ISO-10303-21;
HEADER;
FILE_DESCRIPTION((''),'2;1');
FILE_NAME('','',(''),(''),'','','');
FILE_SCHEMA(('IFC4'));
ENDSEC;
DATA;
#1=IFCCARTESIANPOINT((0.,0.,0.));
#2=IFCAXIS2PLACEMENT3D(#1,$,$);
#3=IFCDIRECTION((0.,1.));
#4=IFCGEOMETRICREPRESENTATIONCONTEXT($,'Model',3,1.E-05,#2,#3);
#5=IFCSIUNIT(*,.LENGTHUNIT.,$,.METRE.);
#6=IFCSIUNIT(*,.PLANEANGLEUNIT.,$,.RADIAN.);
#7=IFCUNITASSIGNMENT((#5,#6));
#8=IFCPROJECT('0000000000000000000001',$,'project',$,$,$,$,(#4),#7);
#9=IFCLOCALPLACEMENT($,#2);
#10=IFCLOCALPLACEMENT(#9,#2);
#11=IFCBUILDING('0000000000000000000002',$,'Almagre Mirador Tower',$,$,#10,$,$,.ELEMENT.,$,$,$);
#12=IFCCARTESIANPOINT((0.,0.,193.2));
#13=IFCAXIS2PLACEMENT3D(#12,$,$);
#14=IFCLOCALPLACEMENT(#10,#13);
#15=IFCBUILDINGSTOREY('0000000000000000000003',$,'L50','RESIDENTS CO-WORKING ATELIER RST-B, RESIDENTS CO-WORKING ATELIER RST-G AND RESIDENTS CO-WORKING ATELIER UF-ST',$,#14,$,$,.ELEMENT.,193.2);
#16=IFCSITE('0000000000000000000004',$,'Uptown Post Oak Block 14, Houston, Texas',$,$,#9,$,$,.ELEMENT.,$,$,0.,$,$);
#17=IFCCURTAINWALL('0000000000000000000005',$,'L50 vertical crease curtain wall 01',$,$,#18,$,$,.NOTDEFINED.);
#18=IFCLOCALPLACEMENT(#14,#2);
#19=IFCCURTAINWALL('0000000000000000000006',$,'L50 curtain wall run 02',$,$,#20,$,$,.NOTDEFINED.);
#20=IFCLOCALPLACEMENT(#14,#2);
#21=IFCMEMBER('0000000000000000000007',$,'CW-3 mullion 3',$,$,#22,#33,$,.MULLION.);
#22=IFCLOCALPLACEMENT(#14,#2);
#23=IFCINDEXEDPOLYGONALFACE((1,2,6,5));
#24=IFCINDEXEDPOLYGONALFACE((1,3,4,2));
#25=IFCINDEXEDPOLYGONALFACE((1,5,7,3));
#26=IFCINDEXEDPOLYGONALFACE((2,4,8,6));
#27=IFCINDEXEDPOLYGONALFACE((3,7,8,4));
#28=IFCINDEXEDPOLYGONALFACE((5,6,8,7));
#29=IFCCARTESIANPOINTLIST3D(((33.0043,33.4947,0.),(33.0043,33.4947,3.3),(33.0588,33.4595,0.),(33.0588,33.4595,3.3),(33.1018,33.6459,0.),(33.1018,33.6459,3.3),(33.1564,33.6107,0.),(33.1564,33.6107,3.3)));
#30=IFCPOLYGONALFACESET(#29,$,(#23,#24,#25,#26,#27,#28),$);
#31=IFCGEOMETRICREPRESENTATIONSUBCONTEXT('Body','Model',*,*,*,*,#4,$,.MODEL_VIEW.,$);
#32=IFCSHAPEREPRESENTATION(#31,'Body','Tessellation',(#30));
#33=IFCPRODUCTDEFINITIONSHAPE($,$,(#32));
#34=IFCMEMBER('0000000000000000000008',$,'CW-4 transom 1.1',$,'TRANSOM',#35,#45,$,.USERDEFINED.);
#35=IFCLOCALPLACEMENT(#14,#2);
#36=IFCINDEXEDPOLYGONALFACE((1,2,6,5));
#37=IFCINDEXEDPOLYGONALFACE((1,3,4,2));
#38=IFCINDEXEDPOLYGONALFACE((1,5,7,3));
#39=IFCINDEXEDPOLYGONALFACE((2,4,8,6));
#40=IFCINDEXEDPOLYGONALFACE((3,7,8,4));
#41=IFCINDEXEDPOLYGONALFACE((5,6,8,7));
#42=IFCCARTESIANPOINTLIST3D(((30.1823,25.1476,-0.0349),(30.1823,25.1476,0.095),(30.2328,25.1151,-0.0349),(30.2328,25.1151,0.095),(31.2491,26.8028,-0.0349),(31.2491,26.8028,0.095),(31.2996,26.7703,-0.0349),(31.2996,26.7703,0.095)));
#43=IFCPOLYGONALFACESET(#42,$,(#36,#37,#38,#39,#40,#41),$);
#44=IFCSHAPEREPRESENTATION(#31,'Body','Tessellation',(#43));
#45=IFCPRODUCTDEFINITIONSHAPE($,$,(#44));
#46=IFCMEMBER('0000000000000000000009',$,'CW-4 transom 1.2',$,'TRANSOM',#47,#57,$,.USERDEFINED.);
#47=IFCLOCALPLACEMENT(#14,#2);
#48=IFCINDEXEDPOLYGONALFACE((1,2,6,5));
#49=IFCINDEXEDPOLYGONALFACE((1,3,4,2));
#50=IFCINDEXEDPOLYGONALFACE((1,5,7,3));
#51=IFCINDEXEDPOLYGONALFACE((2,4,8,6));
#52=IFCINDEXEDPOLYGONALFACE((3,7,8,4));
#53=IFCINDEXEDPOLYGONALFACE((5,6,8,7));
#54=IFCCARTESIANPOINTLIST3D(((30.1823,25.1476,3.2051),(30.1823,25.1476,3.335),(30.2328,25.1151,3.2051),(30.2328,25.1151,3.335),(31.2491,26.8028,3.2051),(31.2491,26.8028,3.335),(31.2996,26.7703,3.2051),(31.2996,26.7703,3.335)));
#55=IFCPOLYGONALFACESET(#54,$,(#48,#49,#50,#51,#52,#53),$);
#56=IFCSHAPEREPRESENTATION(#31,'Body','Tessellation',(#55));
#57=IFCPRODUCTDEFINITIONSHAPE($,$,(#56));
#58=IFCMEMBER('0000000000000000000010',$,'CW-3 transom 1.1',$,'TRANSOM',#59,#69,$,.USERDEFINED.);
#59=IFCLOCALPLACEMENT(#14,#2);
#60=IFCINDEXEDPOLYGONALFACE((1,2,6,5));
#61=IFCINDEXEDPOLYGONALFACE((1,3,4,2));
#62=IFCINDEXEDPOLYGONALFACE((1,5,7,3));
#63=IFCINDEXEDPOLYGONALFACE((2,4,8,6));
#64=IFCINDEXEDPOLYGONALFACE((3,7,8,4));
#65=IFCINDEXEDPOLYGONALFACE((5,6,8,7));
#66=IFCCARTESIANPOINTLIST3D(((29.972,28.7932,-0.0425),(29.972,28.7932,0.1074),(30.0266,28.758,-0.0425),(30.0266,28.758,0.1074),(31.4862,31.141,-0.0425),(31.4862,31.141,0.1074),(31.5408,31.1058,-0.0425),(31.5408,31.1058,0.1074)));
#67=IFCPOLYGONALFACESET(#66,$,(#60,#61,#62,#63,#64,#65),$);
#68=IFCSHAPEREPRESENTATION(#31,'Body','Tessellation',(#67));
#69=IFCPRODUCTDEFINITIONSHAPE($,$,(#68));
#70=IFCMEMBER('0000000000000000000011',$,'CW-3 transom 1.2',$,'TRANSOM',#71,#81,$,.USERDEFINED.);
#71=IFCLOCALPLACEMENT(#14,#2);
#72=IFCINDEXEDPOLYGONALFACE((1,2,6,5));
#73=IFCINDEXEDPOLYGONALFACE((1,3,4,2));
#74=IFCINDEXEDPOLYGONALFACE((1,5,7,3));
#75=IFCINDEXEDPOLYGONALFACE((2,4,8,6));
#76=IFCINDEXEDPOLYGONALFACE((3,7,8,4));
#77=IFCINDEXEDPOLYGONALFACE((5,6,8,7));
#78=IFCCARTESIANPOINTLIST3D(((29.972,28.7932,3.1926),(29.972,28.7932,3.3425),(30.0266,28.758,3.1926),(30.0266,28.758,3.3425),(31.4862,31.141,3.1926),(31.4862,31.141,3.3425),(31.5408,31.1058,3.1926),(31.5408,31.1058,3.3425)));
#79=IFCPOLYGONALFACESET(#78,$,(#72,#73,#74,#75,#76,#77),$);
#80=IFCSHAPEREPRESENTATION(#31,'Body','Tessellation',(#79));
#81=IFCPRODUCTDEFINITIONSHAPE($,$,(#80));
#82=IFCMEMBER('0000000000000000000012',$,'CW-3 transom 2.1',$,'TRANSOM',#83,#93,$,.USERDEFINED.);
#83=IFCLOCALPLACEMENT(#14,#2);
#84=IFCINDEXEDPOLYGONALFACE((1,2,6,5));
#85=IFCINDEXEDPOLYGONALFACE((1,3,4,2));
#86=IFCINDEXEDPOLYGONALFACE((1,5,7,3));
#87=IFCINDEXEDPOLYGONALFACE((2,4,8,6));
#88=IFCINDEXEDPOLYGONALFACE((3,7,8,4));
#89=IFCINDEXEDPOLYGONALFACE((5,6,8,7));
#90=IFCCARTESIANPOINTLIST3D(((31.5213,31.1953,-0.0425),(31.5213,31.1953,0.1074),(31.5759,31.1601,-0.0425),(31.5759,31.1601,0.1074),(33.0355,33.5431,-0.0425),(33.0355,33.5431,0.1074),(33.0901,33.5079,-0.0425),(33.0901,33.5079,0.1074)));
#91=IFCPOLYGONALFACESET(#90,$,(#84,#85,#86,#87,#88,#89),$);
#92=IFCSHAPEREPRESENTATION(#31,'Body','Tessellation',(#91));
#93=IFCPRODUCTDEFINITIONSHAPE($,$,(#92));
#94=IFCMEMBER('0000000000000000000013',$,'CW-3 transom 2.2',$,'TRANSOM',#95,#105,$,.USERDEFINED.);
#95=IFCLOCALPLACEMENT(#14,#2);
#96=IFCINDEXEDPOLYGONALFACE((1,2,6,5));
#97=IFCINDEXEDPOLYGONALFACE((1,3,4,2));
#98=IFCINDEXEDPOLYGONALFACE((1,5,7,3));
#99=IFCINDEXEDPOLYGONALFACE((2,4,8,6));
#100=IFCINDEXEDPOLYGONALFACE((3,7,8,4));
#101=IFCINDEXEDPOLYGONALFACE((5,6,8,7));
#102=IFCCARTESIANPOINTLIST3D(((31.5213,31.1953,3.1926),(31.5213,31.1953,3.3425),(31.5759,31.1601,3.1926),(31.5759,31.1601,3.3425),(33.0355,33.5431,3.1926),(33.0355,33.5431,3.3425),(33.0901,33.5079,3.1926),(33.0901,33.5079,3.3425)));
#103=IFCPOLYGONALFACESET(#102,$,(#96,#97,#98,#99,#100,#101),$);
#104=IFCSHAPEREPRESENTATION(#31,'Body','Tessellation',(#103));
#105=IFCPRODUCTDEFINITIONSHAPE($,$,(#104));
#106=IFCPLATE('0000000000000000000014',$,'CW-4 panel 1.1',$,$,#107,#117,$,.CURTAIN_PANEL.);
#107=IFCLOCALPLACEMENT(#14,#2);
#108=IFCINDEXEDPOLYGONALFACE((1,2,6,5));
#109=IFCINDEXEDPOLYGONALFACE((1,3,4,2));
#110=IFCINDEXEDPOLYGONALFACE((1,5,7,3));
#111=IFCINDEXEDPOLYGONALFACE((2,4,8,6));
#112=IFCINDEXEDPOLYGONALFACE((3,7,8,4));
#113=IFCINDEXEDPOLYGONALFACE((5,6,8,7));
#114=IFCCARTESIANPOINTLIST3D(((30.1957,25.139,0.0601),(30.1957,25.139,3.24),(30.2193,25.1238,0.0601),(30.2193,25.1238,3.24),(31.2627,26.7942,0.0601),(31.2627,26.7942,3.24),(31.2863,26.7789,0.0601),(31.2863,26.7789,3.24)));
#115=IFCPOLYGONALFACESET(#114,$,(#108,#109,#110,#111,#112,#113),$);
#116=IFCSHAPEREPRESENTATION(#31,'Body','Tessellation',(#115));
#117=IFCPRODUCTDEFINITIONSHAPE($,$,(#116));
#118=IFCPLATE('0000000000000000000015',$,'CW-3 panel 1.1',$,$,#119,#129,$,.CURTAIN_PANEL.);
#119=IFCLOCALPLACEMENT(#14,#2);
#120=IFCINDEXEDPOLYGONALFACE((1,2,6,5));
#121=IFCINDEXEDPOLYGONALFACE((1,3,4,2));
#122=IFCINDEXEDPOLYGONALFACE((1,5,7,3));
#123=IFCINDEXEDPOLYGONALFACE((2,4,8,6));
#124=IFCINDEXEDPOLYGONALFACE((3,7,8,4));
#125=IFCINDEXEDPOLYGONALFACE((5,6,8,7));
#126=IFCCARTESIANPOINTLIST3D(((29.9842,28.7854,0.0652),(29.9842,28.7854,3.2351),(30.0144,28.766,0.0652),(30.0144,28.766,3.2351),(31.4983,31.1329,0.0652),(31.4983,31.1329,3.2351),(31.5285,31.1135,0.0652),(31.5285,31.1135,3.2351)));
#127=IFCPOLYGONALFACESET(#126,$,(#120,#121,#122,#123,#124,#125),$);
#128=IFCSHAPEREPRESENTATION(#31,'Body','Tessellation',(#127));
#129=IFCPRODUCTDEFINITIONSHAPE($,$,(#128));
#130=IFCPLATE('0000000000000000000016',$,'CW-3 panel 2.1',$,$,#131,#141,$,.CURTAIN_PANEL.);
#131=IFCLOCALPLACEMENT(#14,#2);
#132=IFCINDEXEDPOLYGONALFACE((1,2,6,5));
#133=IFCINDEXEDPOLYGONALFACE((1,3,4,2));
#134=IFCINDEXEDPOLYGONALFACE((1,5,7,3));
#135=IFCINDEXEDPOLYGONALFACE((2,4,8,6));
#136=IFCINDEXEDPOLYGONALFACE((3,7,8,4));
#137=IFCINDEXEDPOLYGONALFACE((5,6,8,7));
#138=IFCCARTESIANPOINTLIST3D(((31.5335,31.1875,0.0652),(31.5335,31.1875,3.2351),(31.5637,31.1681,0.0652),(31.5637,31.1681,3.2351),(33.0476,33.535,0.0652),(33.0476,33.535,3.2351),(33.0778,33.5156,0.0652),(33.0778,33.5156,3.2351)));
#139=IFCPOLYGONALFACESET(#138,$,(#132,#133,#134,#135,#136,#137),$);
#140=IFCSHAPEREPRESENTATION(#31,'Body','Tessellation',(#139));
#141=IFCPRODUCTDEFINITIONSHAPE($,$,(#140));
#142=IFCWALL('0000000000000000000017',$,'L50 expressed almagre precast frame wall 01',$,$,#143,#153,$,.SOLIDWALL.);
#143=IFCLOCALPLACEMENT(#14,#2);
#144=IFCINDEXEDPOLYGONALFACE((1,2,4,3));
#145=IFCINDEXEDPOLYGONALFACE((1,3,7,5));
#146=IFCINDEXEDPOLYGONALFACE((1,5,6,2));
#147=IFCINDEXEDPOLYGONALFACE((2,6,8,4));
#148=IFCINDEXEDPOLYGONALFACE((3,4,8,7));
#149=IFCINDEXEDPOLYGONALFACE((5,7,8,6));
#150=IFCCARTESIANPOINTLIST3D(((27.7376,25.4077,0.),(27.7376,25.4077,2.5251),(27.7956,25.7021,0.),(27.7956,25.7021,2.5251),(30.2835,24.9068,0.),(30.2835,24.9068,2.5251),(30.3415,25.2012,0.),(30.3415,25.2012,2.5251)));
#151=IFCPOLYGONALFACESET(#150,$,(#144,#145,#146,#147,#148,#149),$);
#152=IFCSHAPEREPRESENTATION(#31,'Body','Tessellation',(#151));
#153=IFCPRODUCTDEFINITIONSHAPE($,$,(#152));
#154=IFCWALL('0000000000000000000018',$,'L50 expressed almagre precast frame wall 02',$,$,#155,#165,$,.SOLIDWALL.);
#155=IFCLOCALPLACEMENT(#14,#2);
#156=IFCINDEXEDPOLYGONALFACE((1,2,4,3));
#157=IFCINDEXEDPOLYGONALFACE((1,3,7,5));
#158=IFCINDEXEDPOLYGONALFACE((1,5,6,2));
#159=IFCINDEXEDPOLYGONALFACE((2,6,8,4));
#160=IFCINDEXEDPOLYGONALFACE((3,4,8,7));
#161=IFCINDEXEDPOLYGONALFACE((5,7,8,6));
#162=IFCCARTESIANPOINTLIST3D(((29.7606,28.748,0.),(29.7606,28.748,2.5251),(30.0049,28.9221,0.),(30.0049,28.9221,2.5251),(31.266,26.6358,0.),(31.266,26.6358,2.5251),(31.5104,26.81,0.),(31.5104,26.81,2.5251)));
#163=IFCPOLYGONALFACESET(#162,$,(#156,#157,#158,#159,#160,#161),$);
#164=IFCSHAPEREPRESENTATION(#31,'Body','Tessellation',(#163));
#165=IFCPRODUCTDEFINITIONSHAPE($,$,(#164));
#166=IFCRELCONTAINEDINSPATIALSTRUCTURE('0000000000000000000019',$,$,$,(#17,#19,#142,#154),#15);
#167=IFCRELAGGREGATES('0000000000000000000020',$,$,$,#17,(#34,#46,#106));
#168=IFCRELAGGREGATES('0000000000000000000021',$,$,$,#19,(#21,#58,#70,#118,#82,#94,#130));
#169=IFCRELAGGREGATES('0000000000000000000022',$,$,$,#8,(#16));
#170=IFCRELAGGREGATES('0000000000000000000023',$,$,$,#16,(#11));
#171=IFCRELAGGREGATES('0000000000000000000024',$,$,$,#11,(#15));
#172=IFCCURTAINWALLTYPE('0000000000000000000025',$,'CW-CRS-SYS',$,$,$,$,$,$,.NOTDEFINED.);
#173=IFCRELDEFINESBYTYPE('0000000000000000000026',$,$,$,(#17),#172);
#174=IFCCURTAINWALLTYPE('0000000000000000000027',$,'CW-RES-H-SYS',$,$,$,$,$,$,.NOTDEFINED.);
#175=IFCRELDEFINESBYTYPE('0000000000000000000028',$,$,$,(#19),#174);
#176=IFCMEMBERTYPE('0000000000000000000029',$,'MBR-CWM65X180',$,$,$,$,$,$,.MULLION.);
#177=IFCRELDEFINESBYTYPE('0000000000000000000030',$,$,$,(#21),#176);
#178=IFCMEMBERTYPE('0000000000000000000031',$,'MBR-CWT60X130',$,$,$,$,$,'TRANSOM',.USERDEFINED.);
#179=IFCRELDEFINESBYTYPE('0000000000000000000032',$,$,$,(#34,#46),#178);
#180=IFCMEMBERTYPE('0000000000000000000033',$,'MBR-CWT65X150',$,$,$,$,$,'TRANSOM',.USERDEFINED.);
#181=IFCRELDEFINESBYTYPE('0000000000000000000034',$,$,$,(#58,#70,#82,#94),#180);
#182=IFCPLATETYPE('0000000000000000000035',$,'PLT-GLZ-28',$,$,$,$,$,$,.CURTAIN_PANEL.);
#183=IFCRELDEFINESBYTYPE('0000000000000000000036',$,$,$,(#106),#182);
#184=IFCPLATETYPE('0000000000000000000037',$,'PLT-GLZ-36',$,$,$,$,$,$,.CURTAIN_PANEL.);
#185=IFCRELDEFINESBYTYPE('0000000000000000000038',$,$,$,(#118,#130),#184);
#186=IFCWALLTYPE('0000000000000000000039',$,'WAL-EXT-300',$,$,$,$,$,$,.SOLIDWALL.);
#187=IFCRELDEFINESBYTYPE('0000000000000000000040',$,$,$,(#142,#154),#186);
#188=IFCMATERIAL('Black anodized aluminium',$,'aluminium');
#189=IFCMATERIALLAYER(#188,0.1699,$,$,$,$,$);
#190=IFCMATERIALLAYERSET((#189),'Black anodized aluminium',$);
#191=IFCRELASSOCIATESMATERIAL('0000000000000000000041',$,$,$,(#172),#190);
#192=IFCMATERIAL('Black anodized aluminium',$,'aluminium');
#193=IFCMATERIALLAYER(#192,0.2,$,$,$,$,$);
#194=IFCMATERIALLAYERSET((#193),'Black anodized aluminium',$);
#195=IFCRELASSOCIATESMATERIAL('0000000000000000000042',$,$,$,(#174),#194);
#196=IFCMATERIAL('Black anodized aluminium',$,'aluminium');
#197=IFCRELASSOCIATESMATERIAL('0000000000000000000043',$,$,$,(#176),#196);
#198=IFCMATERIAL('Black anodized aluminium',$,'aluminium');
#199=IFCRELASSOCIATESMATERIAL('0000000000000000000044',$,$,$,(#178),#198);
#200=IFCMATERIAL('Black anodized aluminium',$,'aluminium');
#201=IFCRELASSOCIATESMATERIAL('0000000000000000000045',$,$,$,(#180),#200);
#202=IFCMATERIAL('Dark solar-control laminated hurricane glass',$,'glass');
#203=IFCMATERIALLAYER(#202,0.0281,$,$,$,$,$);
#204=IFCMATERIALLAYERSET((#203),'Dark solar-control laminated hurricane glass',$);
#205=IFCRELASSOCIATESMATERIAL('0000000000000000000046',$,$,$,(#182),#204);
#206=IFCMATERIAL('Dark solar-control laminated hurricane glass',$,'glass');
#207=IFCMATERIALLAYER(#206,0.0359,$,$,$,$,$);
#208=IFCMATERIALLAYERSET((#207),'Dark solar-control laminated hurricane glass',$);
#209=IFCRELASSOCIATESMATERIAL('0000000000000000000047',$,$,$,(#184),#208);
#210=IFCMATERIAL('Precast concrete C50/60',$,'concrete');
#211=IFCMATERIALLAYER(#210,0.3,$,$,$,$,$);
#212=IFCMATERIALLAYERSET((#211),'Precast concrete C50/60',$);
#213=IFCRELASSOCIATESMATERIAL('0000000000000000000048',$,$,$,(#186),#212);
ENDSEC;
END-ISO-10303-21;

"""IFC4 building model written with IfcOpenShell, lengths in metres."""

from ifc_helpers import new_model, si_unit, direction, frame, frame_2d, origin, origin_2d, place, context, subcontext, project, spatial, rectangle, extrude, material, layer, layer_set, material_profile, profile_set, type_object, element, aggregate, save


model = new_model("IFC4")

# Units and contexts
model_context = context("Model", 3, precision=1e-05, world=origin(), true_north=direction((0.0, 1.0)))
body_context = subcontext(model_context, "Body", "Model", "MODEL_VIEW")
ifc_project = project(units=[si_unit("LENGTHUNIT", "METRE"), si_unit("PLANEANGLEUNIT", "RADIAN")], contexts=[model_context])

# Site, building, storey
site_placement = place(None, origin())
site = spatial("IfcSite", under=ifc_project, at=site_placement, Name="Uptown Post Oak Block 14, Houston, Texas", CompositionType="ELEMENT", RefElevation=0.0)
building_placement = place(site_placement, origin())
building = spatial("IfcBuilding", under=site, at=building_placement, Name="Almagre Mirador Tower", CompositionType="ELEMENT")
storey_placement = place(building_placement, frame((0.0, 0.0, 193.2)))
storey = spatial("IfcBuildingStorey", under=building, at=storey_placement, Name="L50", Description="RESIDENTS CO-WORKING ATELIER RST-B, RESIDENTS CO-WORKING ATELIER RST-G AND RESIDENTS CO-WORKING ATELIER UF-ST", CompositionType="ELEMENT", Elevation=193.2)

# Curtain walls, member
ifc_material_1 = material(Name="Black anodized aluminium", Category="aluminium")
ifc_layer_1 = layer(ifc_material_1, 0.1699)
ifc_layer_set_1 = layer_set([ifc_layer_1], Name="Black anodized aluminium")
curtain_wall_type_1 = type_object("IfcCurtainWallType", Name="CW-CRS-SYS", PredefinedType="NOTDEFINED", material=ifc_layer_set_1)
curtain_wall_1_placement = place(storey_placement, origin())
curtain_wall_1 = element("IfcCurtainWall", 1, at=curtain_wall_1_placement, inside=storey, type_object=curtain_wall_type_1, Name="L50 vertical crease curtain wall 01", PredefinedType="NOTDEFINED")
ifc_material_2 = material(Name="Black anodized aluminium", Category="aluminium")
ifc_layer_2 = layer(ifc_material_2, 0.2)
ifc_layer_set_2 = layer_set([ifc_layer_2], Name="Black anodized aluminium")
curtain_wall_type_2 = type_object("IfcCurtainWallType", Name="CW-RES-H-SYS", PredefinedType="NOTDEFINED", material=ifc_layer_set_2)
curtain_wall_2_placement = place(storey_placement, origin())
curtain_wall_2 = element("IfcCurtainWall", 2, at=curtain_wall_2_placement, inside=storey, type_object=curtain_wall_type_2, Name="L50 curtain wall run 02", PredefinedType="NOTDEFINED")
ifc_material_3 = material(Name="Black anodized aluminium", Category="aluminium")
ifc_material_profile_1 = material_profile(ifc_material_3, rectangle(XDim=0.0649, YDim=0.1799, at=origin_2d()), Name="CWM65X180")
ifc_profile_set_1 = profile_set([ifc_material_profile_1], Name="Black anodized aluminium")
member_type_1 = type_object("IfcMemberType", Name="MBR-CWM65X180", PredefinedType="MULLION", material=ifc_profile_set_1)
member_1_placement = place(storey_placement, frame((33.0803, 33.5527, 0.0), z_axis=(0.0, 0.0, 1.0), x_axis=(-0.840363, 0.542024, 0.0)))
member_1 = element("IfcMember", 3, at=member_1_placement, type_object=member_type_1, Name="CW-3 mullion 3", PredefinedType="MULLION", context=body_context, shape_type="SweptSolid", body=[
    extrude(rectangle(XDim=0.0649, YDim=0.1799, at=origin_2d()), origin(), (0.0, 0.0, 1.0), 3.3),
])

# Members
ifc_material_4 = material(Name="Black anodized aluminium", Category="aluminium")
ifc_material_profile_2 = material_profile(ifc_material_4, rectangle(XDim=0.0601, YDim=0.1299, at=origin_2d()), Name="CWT60X130")
ifc_profile_set_2 = profile_set([ifc_material_profile_2], Name="Black anodized aluminium")
member_type_2 = type_object("IfcMemberType", Name="MBR-CWT60X130", ElementType="TRANSOM", PredefinedType="USERDEFINED", material=ifc_profile_set_2)
member_2_placement = place(storey_placement, frame((30.2075, 25.1313, 0.03), z_axis=(0.54176, 0.840533, 0.0), x_axis=(-0.840533, 0.54176, 0.0)))
member_2 = element("IfcMember", 4, at=member_2_placement, type_object=member_type_2, Name="CW-4 transom 1.1", ObjectType="TRANSOM", PredefinedType="USERDEFINED", context=body_context, shape_type="SweptSolid", body=[
    extrude(rectangle(XDim=0.0601, YDim=0.1299, at=origin_2d()), origin(), (0.0, 0.0, 1.0), 1.9692),
])
member_3_placement = place(storey_placement, frame((30.2075, 25.1313, 3.27), z_axis=(0.54176, 0.840533, 0.0), x_axis=(-0.840533, 0.54176, 0.0)))
member_3 = element("IfcMember", 5, at=member_3_placement, type_object=member_type_2, Name="CW-4 transom 1.2", ObjectType="TRANSOM", PredefinedType="USERDEFINED", context=body_context, shape_type="SweptSolid", body=[
    extrude(rectangle(XDim=0.0601, YDim=0.1299, at=origin_2d()), origin(), (0.0, 0.0, 1.0), 1.9692),
])
ifc_material_5 = material(Name="Black anodized aluminium", Category="aluminium")
ifc_material_profile_3 = material_profile(ifc_material_5, rectangle(XDim=0.0649, YDim=0.1499, at=origin_2d()), Name="CWT65X150")
ifc_profile_set_3 = profile_set([ifc_material_profile_3], Name="Black anodized aluminium")
member_type_3 = type_object("IfcMemberType", Name="MBR-CWT65X150", ElementType="TRANSOM", PredefinedType="USERDEFINED", material=ifc_profile_set_3)
member_4_placement = place(storey_placement, frame((29.9993, 28.7756, 0.0325), z_axis=(0.542011, 0.840371, 0.0), x_axis=(-0.840371, 0.542011, 0.0)))
member_4 = element("IfcMember", 6, at=member_4_placement, type_object=member_type_3, Name="CW-3 transom 1.1", ObjectType="TRANSOM", PredefinedType="USERDEFINED", context=body_context, shape_type="SweptSolid", body=[
    extrude(rectangle(XDim=0.0649, YDim=0.1499, at=origin_2d()), origin(), (0.0, 0.0, 1.0), 2.7937),
])
member_5_placement = place(storey_placement, frame((29.9993, 28.7756, 3.2676), z_axis=(0.542011, 0.840371, 0.0), x_axis=(-0.840371, 0.542011, 0.0)))
member_5 = element("IfcMember", 7, at=member_5_placement, type_object=member_type_3, Name="CW-3 transom 1.2", ObjectType="TRANSOM", PredefinedType="USERDEFINED", context=body_context, shape_type="SweptSolid", body=[
    extrude(rectangle(XDim=0.0649, YDim=0.1499, at=origin_2d()), origin(), (0.0, 0.0, 1.0), 2.7937),
])
member_6_placement = place(storey_placement, frame((31.5486, 31.1777, 0.0325), z_axis=(0.542011, 0.840371, 0.0), x_axis=(-0.840371, 0.542011, 0.0)))
member_6 = element("IfcMember", 8, at=member_6_placement, type_object=member_type_3, Name="CW-3 transom 2.1", ObjectType="TRANSOM", PredefinedType="USERDEFINED", context=body_context, shape_type="SweptSolid", body=[
    extrude(rectangle(XDim=0.0649, YDim=0.1499, at=origin_2d()), origin(), (0.0, 0.0, 1.0), 2.7937),
])
member_7_placement = place(storey_placement, frame((31.5486, 31.1777, 3.2676), z_axis=(0.542011, 0.840371, 0.0), x_axis=(-0.840371, 0.542011, 0.0)))
member_7 = element("IfcMember", 9, at=member_7_placement, type_object=member_type_3, Name="CW-3 transom 2.2", ObjectType="TRANSOM", PredefinedType="USERDEFINED", context=body_context, shape_type="SweptSolid", body=[
    extrude(rectangle(XDim=0.0649, YDim=0.1499, at=origin_2d()), origin(), (0.0, 0.0, 1.0), 2.7937),
])

# Plates
ifc_material_6 = material(Name="Dark solar-control laminated hurricane glass", Category="glass")
ifc_layer_3 = layer(ifc_material_6, 0.0281)
ifc_layer_set_3 = layer_set([ifc_layer_3], Name="Dark solar-control laminated hurricane glass")
plate_type_1 = type_object("IfcPlateType", Name="PLT-GLZ-28", PredefinedType="CURTAIN_PANEL", material=ifc_layer_set_3)
plate_1_placement = place(storey_placement, frame((30.741, 25.959, 0.0601), z_axis=(0.0, 0.0, 1.0), x_axis=(0.541822, 0.840494, 0.0)))
plate_1 = element("IfcPlate", 10, at=plate_1_placement, type_object=plate_type_1, Name="CW-4 panel 1.1", PredefinedType="CURTAIN_PANEL", context=body_context, shape_type="SweptSolid", body=[
    extrude(rectangle(XDim=1.9692, YDim=0.0281, at=origin_2d()), origin(), (0.0, 0.0, 1.0), 3.1799),
])
aggregate(curtain_wall_1, [member_2, member_3, plate_1])
ifc_material_7 = material(Name="Dark solar-control laminated hurricane glass", Category="glass")
ifc_layer_4 = layer(ifc_material_7, 0.0359)
ifc_layer_set_4 = layer_set([ifc_layer_4], Name="Dark solar-control laminated hurricane glass")
plate_type_2 = type_object("IfcPlateType", Name="PLT-GLZ-36", PredefinedType="CURTAIN_PANEL", material=ifc_layer_set_4)
plate_2_placement = place(storey_placement, frame((30.7563, 29.9495, 0.0652), z_axis=(0.0, 0.0, 1.0), x_axis=(0.542024, 0.840363, 0.0)))
plate_2 = element("IfcPlate", 11, at=plate_2_placement, type_object=plate_type_2, Name="CW-3 panel 1.1", PredefinedType="CURTAIN_PANEL", context=body_context, shape_type="SweptSolid", body=[
    extrude(rectangle(XDim=2.7935, YDim=0.0359, at=origin_2d()), origin(), (0.0, 0.0, 1.0), 3.1699),
])
plate_3_placement = place(storey_placement, frame((32.3057, 32.3516, 0.0652), z_axis=(0.0, 0.0, 1.0), x_axis=(0.542024, 0.840363, 0.0)))
plate_3 = element("IfcPlate", 12, at=plate_3_placement, type_object=plate_type_2, Name="CW-3 panel 2.1", PredefinedType="CURTAIN_PANEL", context=body_context, shape_type="SweptSolid", body=[
    extrude(rectangle(XDim=2.7935, YDim=0.0359, at=origin_2d()), origin(), (0.0, 0.0, 1.0), 3.1699),
])
aggregate(curtain_wall_2, [member_1, member_4, member_5, plate_2, member_6, member_7, plate_3])

# Walls
ifc_material_8 = material(Name="Precast concrete C50/60", Category="concrete")
ifc_layer_5 = layer(ifc_material_8, 0.3)
ifc_layer_set_5 = layer_set([ifc_layer_5], Name="Precast concrete C50/60")
wall_type_1 = type_object("IfcWallType", Name="WAL-EXT-300", PredefinedType="SOLIDWALL", material=ifc_layer_set_5)
wall_1_placement = place(storey_placement, frame((27.7666, 25.5549, 0.0), z_axis=(0.0, 0.0, 1.0), x_axis=(0.981184, -0.193075, 0.0)))
element("IfcWall", 13, at=wall_1_placement, inside=storey, type_object=wall_type_1, Name="L50 expressed almagre precast frame wall 01", PredefinedType="SOLIDWALL", context=body_context, shape_type="SweptSolid", body=[
    extrude(rectangle(XDim=2.5947, YDim=0.3, at=frame_2d((1.2974, 0.0))), origin(), (0.0, 0.0, 1.0), 2.5251),
])
wall_2_placement = place(storey_placement, frame((31.3882, 26.7229, 0.0), z_axis=(0.0, 0.0, 1.0), x_axis=(-0.58041, 0.814325, 0.0)))
element("IfcWall", 14, at=wall_2_placement, inside=storey, type_object=wall_type_1, Name="L50 expressed almagre precast frame wall 02", PredefinedType="SOLIDWALL", context=body_context, shape_type="SweptSolid", body=[
    extrude(rectangle(XDim=2.5938, YDim=0.3, at=frame_2d((1.2969, 0.0))), origin(), (0.0, 0.0, 1.0), 2.5251),
])

save(model, "model.ifc")
